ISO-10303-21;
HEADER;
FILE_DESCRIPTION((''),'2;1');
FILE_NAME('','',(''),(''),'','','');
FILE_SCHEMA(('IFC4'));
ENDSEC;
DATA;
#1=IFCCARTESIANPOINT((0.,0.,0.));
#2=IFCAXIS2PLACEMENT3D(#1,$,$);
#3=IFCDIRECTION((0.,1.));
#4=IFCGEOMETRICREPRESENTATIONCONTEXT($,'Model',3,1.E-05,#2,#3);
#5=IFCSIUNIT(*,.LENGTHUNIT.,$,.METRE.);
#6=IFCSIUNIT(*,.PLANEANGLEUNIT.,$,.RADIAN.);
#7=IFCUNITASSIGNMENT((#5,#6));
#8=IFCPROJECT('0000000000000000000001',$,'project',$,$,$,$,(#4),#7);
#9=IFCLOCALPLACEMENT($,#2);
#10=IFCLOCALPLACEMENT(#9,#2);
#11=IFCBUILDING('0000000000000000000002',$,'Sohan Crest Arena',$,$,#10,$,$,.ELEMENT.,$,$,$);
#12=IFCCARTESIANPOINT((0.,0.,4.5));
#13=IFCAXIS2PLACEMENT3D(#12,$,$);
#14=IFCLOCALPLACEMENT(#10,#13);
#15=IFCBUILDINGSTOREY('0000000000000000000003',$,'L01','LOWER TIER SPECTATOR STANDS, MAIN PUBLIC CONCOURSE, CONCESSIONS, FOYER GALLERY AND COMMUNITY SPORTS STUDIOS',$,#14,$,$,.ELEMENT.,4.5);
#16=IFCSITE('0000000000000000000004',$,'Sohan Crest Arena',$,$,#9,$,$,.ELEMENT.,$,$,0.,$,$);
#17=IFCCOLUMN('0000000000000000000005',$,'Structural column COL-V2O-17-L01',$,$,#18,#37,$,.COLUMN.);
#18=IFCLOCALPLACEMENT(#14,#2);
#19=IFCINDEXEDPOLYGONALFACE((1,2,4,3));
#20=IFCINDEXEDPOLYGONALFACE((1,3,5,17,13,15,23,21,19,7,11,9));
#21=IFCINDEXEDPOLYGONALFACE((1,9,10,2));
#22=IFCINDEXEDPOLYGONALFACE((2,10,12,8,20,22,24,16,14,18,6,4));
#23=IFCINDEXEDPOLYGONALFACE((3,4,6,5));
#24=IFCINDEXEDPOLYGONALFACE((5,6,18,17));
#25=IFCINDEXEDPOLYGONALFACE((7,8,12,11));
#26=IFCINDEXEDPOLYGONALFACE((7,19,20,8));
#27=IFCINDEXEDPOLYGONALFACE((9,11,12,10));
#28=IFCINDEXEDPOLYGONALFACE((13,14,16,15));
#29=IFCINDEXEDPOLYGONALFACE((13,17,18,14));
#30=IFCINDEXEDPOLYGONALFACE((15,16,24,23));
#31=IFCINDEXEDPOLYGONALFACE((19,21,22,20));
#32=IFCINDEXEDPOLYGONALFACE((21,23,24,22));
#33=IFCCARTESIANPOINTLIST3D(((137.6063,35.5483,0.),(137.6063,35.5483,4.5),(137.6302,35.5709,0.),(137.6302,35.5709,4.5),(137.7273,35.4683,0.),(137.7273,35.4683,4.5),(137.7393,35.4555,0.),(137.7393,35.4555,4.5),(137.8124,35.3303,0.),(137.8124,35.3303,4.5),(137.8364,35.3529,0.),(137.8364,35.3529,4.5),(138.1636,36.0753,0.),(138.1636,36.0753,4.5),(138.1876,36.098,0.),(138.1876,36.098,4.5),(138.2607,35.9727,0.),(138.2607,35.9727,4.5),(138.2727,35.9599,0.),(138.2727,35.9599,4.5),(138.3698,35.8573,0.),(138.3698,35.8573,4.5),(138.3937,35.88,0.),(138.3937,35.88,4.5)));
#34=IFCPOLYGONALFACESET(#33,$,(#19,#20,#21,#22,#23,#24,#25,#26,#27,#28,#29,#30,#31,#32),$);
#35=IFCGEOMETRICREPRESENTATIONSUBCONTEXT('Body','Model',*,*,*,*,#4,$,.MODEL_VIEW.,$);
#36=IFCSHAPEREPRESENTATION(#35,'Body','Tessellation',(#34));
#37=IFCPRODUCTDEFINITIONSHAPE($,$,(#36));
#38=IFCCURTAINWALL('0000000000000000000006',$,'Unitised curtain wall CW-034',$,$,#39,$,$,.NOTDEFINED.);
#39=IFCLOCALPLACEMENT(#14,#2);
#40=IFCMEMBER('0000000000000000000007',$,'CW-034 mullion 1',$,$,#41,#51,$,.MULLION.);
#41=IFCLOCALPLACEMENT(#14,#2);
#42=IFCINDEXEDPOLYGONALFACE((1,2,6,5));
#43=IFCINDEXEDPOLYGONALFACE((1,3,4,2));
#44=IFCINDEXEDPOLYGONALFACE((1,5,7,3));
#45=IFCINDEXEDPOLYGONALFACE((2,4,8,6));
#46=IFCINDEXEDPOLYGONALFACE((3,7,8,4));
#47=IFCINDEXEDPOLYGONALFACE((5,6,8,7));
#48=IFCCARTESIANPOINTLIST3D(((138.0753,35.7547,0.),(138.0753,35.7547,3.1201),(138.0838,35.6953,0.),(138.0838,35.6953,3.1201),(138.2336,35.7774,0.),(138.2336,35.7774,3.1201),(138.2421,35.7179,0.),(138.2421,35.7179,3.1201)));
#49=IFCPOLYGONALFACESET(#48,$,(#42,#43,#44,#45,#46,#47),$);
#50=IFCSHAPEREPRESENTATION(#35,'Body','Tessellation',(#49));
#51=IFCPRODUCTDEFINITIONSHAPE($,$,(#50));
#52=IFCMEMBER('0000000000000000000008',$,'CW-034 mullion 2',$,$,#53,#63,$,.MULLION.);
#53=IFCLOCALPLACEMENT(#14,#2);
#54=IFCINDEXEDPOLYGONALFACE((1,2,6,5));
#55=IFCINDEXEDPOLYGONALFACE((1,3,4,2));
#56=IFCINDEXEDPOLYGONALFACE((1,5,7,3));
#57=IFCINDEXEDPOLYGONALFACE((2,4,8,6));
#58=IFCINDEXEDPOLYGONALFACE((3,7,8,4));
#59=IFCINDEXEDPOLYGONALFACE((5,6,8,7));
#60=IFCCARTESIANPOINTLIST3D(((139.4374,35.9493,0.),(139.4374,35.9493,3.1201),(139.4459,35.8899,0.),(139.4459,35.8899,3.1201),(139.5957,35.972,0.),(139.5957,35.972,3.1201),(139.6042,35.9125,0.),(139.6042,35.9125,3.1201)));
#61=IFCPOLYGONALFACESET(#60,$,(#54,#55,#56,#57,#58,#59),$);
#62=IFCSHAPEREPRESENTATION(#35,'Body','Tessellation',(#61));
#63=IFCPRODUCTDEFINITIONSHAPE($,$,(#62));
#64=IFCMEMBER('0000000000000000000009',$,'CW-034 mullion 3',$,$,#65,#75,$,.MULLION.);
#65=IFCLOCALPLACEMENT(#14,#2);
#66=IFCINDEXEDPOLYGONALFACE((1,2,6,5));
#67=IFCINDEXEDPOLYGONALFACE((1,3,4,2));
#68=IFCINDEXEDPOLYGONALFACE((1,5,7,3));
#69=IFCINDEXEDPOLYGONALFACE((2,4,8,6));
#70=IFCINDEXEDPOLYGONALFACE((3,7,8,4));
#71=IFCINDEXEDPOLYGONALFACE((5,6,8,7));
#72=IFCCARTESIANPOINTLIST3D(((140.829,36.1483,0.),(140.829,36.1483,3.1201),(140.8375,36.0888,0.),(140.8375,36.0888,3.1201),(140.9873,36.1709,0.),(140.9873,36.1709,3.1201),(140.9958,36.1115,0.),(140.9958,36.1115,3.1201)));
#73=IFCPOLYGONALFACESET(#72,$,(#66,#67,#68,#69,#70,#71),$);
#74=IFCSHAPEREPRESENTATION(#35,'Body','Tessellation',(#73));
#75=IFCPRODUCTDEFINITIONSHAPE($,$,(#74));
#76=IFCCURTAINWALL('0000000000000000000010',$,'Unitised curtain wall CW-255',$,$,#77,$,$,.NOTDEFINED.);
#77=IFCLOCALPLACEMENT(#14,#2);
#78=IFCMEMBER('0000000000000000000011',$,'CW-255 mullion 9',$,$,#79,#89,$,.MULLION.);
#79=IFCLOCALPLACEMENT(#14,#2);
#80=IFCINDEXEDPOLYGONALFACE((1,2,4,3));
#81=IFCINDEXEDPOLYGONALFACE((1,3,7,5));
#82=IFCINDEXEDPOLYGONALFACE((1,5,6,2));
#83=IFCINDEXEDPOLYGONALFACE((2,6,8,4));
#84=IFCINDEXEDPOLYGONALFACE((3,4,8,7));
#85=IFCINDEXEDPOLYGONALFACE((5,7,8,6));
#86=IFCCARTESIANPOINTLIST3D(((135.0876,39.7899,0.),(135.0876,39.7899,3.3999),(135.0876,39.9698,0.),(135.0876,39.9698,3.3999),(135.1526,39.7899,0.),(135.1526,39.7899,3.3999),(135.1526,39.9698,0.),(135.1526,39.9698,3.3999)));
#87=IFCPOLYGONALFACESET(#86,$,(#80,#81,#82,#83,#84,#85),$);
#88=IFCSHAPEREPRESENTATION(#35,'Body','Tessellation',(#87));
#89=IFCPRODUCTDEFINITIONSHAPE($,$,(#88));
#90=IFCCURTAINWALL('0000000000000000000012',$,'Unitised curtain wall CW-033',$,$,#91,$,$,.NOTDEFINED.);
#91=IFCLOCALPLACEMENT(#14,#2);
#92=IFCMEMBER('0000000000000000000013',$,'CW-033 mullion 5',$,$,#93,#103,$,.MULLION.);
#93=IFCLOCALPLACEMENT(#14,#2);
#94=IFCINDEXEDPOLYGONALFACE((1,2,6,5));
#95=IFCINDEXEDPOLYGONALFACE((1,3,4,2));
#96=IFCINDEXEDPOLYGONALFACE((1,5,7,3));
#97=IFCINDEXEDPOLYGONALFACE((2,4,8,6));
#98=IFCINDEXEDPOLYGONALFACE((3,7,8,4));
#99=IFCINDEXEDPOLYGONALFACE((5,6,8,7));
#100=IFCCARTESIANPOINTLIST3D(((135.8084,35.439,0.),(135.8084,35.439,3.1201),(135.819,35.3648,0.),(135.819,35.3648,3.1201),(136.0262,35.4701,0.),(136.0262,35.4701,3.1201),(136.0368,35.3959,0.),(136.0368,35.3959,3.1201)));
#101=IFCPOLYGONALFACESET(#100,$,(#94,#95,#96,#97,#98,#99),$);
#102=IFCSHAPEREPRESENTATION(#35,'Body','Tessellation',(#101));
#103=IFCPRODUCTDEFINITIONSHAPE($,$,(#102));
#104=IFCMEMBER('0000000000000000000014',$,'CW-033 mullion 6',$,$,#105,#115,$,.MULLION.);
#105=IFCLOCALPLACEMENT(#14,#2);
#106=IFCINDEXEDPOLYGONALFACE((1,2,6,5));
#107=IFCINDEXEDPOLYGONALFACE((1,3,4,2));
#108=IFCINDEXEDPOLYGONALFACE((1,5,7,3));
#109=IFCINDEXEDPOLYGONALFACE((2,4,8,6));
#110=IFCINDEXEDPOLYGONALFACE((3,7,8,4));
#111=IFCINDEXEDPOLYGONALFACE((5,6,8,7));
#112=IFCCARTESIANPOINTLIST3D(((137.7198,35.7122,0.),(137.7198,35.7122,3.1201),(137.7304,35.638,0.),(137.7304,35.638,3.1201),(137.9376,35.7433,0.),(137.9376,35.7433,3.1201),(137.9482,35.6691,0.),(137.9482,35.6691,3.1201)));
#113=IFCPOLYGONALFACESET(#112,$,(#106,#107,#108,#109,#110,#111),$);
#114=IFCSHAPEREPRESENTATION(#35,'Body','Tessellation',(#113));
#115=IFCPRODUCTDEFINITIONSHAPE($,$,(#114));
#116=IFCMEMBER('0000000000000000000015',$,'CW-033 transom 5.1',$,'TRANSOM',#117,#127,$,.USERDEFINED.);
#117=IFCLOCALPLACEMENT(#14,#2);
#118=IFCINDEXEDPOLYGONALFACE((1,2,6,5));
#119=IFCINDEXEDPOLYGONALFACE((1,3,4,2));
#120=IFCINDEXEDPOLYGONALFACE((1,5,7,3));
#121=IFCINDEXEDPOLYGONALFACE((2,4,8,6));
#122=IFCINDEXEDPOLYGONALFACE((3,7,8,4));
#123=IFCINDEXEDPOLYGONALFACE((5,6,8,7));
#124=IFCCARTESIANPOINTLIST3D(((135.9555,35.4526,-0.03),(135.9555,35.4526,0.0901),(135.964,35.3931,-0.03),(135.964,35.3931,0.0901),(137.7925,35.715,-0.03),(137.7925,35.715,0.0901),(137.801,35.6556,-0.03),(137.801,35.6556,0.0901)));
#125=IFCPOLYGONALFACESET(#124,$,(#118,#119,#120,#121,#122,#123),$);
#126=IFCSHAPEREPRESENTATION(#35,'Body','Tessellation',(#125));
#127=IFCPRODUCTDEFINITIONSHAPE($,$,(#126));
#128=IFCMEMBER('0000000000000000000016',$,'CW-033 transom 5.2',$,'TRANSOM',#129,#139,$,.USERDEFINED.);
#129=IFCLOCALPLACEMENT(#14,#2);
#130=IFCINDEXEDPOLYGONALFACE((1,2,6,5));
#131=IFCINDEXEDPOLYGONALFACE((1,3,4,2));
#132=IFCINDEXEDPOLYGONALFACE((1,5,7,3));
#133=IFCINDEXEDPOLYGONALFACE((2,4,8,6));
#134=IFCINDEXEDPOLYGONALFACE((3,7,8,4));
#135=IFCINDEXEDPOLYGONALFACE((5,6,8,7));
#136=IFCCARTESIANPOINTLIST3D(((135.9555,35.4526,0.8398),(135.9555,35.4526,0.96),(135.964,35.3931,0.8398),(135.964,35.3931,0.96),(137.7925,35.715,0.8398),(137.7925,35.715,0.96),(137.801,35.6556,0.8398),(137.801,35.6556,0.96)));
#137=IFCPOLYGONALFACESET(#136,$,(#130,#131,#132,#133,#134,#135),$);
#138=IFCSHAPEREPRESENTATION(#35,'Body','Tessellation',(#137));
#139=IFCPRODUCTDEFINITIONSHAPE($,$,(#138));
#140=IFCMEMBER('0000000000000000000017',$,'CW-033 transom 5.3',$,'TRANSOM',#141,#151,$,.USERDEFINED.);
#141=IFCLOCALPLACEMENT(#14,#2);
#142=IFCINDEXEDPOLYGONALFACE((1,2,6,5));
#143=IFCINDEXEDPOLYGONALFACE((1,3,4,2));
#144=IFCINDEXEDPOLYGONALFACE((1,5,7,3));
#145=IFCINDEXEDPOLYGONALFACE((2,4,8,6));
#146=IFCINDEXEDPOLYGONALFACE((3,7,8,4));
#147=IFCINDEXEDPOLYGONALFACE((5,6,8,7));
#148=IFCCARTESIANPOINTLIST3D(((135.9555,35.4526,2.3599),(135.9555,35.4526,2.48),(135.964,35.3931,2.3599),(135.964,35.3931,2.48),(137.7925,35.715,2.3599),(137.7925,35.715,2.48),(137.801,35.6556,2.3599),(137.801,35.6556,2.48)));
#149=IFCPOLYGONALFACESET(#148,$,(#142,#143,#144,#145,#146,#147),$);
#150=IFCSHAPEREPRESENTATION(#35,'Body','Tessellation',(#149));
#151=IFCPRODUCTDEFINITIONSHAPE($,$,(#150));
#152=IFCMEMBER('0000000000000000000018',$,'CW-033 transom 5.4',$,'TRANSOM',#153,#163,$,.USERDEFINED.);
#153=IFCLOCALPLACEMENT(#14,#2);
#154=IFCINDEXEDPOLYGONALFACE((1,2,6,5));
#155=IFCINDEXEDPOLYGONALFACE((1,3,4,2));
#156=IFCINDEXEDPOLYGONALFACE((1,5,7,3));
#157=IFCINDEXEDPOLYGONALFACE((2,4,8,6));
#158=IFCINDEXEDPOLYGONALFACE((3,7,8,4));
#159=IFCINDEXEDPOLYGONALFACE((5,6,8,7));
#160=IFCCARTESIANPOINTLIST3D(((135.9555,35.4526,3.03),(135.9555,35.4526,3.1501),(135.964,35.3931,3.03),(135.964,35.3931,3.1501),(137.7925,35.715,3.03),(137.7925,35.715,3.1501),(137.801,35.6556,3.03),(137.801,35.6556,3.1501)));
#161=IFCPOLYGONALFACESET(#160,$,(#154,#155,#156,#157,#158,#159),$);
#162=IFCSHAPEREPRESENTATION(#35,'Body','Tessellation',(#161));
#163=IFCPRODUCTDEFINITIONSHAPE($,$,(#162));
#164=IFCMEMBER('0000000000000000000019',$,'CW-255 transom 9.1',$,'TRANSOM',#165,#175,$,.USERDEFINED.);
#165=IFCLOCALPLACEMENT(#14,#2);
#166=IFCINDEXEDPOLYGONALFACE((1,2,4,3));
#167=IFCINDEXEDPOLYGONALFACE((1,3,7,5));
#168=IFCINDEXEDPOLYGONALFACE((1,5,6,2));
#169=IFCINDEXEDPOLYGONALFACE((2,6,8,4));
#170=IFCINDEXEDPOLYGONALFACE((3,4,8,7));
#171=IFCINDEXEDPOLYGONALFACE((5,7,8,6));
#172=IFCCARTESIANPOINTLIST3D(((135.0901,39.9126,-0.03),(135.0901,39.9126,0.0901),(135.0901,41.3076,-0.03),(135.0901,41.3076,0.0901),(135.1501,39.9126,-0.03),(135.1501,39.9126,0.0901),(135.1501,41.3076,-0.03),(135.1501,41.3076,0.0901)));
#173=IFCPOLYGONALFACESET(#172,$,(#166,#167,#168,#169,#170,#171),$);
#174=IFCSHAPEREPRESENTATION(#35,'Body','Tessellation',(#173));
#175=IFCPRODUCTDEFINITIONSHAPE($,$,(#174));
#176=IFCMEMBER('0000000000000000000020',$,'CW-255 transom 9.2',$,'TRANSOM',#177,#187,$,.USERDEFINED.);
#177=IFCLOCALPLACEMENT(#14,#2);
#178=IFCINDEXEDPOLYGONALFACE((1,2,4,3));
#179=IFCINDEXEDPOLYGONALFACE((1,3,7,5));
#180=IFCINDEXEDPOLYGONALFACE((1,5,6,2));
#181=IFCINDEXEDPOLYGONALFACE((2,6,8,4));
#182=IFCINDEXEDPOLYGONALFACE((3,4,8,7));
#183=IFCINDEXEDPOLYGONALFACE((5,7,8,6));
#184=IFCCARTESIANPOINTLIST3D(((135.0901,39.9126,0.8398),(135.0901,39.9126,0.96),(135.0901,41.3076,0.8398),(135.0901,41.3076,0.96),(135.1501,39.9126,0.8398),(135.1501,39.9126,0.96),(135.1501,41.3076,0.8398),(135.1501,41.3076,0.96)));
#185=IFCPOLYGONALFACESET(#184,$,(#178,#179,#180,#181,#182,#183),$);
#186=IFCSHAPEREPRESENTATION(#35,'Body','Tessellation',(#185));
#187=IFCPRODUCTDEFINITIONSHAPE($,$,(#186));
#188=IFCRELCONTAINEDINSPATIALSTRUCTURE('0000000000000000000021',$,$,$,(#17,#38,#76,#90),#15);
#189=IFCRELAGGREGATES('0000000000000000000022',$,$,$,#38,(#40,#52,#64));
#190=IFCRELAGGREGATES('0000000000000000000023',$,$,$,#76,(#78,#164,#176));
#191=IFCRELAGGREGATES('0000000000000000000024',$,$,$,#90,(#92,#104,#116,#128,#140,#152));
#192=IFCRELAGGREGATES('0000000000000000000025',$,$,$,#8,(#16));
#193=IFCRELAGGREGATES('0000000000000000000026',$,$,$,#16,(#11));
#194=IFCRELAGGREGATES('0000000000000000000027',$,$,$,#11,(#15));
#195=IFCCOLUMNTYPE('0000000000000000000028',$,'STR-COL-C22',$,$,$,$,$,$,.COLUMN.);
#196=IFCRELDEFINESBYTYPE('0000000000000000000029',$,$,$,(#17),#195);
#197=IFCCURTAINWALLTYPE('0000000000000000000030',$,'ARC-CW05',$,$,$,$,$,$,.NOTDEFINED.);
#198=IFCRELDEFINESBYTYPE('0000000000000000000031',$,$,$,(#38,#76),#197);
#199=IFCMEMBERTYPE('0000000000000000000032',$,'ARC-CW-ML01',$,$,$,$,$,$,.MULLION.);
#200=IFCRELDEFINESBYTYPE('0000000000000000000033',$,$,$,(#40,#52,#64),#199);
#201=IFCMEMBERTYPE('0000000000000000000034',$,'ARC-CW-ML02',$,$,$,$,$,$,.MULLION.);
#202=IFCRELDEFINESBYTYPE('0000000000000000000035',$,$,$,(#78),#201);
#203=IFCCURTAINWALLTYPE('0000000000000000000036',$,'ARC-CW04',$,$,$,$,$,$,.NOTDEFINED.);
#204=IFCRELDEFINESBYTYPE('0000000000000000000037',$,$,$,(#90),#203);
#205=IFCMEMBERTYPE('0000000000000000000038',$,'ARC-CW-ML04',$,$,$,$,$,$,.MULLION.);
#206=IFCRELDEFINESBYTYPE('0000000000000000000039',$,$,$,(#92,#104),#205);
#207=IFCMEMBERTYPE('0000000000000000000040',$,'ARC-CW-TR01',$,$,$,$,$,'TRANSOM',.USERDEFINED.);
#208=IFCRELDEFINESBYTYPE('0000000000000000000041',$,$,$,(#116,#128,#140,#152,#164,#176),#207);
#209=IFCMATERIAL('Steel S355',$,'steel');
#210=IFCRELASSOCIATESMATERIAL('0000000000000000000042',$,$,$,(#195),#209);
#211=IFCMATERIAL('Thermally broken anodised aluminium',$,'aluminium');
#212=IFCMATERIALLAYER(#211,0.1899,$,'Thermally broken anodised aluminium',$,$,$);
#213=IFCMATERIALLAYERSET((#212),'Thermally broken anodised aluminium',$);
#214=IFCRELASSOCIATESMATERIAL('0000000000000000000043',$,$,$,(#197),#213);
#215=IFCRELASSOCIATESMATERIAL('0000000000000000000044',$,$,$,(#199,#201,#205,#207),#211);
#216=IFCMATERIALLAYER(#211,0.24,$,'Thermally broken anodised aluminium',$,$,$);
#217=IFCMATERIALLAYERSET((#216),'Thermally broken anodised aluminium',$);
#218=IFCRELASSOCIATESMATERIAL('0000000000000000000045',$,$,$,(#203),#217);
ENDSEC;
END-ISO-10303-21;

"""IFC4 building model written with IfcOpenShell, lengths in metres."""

from ifc_helpers import new_model, si_unit, direction, frame, origin, origin_2d, place, context, subcontext, project, spatial, rectangle, i_section, extrude, material, layer, layer_set, material_profile, profile_set, type_object, element, aggregate, save


model = new_model("IFC4")

# Units and contexts
model_context = context("Model", 3, precision=1e-05, world=origin(), true_north=direction((0.0, 1.0)))
body_context = subcontext(model_context, "Body", "Model", "MODEL_VIEW")
ifc_project = project(units=[si_unit("LENGTHUNIT", "METRE"), si_unit("PLANEANGLEUNIT", "RADIAN")], contexts=[model_context])

# Site, building, storey
site_placement = place(None, origin())
site = spatial("IfcSite", under=ifc_project, at=site_placement, Name="Sohan Crest Arena", CompositionType="ELEMENT", RefElevation=0.0)
building_placement = place(site_placement, origin())
building = spatial("IfcBuilding", under=site, at=building_placement, Name="Sohan Crest Arena", CompositionType="ELEMENT")
storey_placement = place(building_placement, frame((0.0, 0.0, 4.5)))
storey = spatial("IfcBuildingStorey", under=building, at=storey_placement, Name="L01", Description="LOWER TIER SPECTATOR STANDS, MAIN PUBLIC CONCOURSE, CONCESSIONS, FOYER GALLERY AND COMMUNITY SPORTS STUDIOS", CompositionType="ELEMENT", Elevation=4.5)

# Column
ifc_material_1 = material(Name="Steel S355", Category="steel")
ifc_material_profile_1 = material_profile(ifc_material_1, i_section(OverallWidth=0.3, OverallDepth=0.8, WebThickness=0.0176, FlangeThickness=0.033, at=origin_2d()), Name="HEB 800")
ifc_profile_set_1 = profile_set([ifc_material_profile_1], Name="Steel S355")
column_type = type_object("IfcColumnType", Name="STR-COL-C22", PredefinedType="COLUMN", material=ifc_profile_set_1)
column_placement = place(storey_placement, frame((138.0, 35.7141, 0.0), z_axis=(0.0, 0.0, 1.0), x_axis=(-0.687088, 0.726575, 0.0)))
element("IfcColumn", 1, at=column_placement, inside=storey, type_object=column_type, Name="Structural column COL-V2O-17-L01", PredefinedType="COLUMN", context=body_context, shape_type="SweptSolid", body=[
    extrude(i_section(OverallWidth=0.3, OverallDepth=0.8, WebThickness=0.0176, FlangeThickness=0.033, at=origin_2d()), origin(), (0.0, 0.0, 1.0), 4.5),
])

# Curtain wall, members
ifc_material_2 = material(Name="Thermally broken anodised aluminium", Category="aluminium")
ifc_layer_1 = layer(ifc_material_2, 0.1899, Name="Thermally broken anodised aluminium")
ifc_layer_set_1 = layer_set([ifc_layer_1], Name="Thermally broken anodised aluminium")
curtain_wall_type_1 = type_object("IfcCurtainWallType", Name="ARC-CW05", PredefinedType="NOTDEFINED", material=ifc_layer_set_1)
curtain_wall_1_placement = place(storey_placement, origin())
curtain_wall_1 = element("IfcCurtainWall", 2, at=curtain_wall_1_placement, inside=storey, type_object=curtain_wall_type_1, Name="Unitised curtain wall CW-034", PredefinedType="NOTDEFINED")
ifc_material_profile_2 = material_profile(ifc_material_2, rectangle(XDim=0.0601, YDim=0.1599, at=origin_2d()), Name="ALU-MULL 60x160")
ifc_profile_set_2 = profile_set([ifc_material_profile_2], Name="Thermally broken anodised aluminium")
member_type_1 = type_object("IfcMemberType", Name="ARC-CW-ML01", PredefinedType="MULLION", material=ifc_profile_set_2)
member_1_placement = place(storey_placement, frame((138.1587, 35.7363, 0.0), z_axis=(0.0, 0.0, 1.0), x_axis=(-0.141549, 0.989931, 0.0)))
member_1 = element("IfcMember", 3, at=member_1_placement, type_object=member_type_1, Name="CW-034 mullion 1", PredefinedType="MULLION", context=body_context, shape_type="SweptSolid", body=[
    extrude(rectangle(XDim=0.0601, YDim=0.1599, at=origin_2d()), origin(), (0.0, 0.0, 1.0), 3.1201),
])
member_2_placement = place(storey_placement, frame((139.5208, 35.9309, 0.0), z_axis=(0.0, 0.0, 1.0), x_axis=(-0.141549, 0.989931, 0.0)))
member_2 = element("IfcMember", 4, at=member_2_placement, type_object=member_type_1, Name="CW-034 mullion 2", PredefinedType="MULLION", context=body_context, shape_type="SweptSolid", body=[
    extrude(rectangle(XDim=0.0601, YDim=0.1599, at=origin_2d()), origin(), (0.0, 0.0, 1.0), 3.1201),
])
member_3_placement = place(storey_placement, frame((140.9124, 36.1299, 0.0), z_axis=(0.0, 0.0, 1.0), x_axis=(-0.141549, 0.989931, 0.0)))
member_3 = element("IfcMember", 5, at=member_3_placement, type_object=member_type_1, Name="CW-034 mullion 3", PredefinedType="MULLION", context=body_context, shape_type="SweptSolid", body=[
    extrude(rectangle(XDim=0.0601, YDim=0.1599, at=origin_2d()), origin(), (0.0, 0.0, 1.0), 3.1201),
])

# Curtain wall, member
curtain_wall_2_placement = place(storey_placement, origin())
curtain_wall_2 = element("IfcCurtainWall", 6, at=curtain_wall_2_placement, inside=storey, type_object=curtain_wall_type_1, Name="Unitised curtain wall CW-255", PredefinedType="NOTDEFINED")
ifc_material_profile_3 = material_profile(ifc_material_2, rectangle(XDim=0.0649, YDim=0.1799, at=origin_2d()), Name="ALU-MULL 65x180")
ifc_profile_set_3 = profile_set([ifc_material_profile_3], Name="Thermally broken anodised aluminium")
member_type_2 = type_object("IfcMemberType", Name="ARC-CW-ML02", PredefinedType="MULLION", material=ifc_profile_set_3)
member_4_placement = place(storey_placement, frame((135.1201, 39.8799, 0.0), z_axis=(0.0, 0.0, 1.0), x_axis=(-1.0, 0.0, 0.0)))
member_4 = element("IfcMember", 7, at=member_4_placement, type_object=member_type_2, Name="CW-255 mullion 9", PredefinedType="MULLION", context=body_context, shape_type="SweptSolid", body=[
    extrude(rectangle(XDim=0.0649, YDim=0.1799, at=origin_2d()), origin(), (0.0, 0.0, 1.0), 3.3999),
])

# Curtain wall, members
ifc_layer_2 = layer(ifc_material_2, 0.24, Name="Thermally broken anodised aluminium")
ifc_layer_set_2 = layer_set([ifc_layer_2], Name="Thermally broken anodised aluminium")
curtain_wall_type_2 = type_object("IfcCurtainWallType", Name="ARC-CW04", PredefinedType="NOTDEFINED", material=ifc_layer_set_2)
curtain_wall_3_placement = place(storey_placement, origin())
curtain_wall_3 = element("IfcCurtainWall", 8, at=curtain_wall_3_placement, inside=storey, type_object=curtain_wall_type_2, Name="Unitised curtain wall CW-033", PredefinedType="NOTDEFINED")
ifc_material_profile_4 = material_profile(ifc_material_2, rectangle(XDim=0.075, YDim=0.22, at=origin_2d()), Name="ALU-MULL 75x220")
ifc_profile_set_4 = profile_set([ifc_material_profile_4], Name="Thermally broken anodised aluminium")
member_type_3 = type_object("IfcMemberType", Name="ARC-CW-ML04", PredefinedType="MULLION", material=ifc_profile_set_4)
member_5_placement = place(storey_placement, frame((135.9226, 35.4175, 0.0), z_axis=(0.0, 0.0, 1.0), x_axis=(-0.14145, 0.989945, 0.0)))
member_5 = element("IfcMember", 9, at=member_5_placement, type_object=member_type_3, Name="CW-033 mullion 5", PredefinedType="MULLION", context=body_context, shape_type="SweptSolid", body=[
    extrude(rectangle(XDim=0.075, YDim=0.22, at=origin_2d()), origin(), (0.0, 0.0, 1.0), 3.1201),
])
member_6_placement = place(storey_placement, frame((137.834, 35.6907, 0.0), z_axis=(0.0, 0.0, 1.0), x_axis=(-0.14145, 0.989945, 0.0)))
member_6 = element("IfcMember", 10, at=member_6_placement, type_object=member_type_3, Name="CW-033 mullion 6", PredefinedType="MULLION", context=body_context, shape_type="SweptSolid", body=[
    extrude(rectangle(XDim=0.075, YDim=0.22, at=origin_2d()), origin(), (0.0, 0.0, 1.0), 3.1201),
])
ifc_material_profile_5 = material_profile(ifc_material_2, rectangle(XDim=0.0601, YDim=0.1201, at=origin_2d()), Name="ALU-TRAN 60x120")
ifc_profile_set_5 = profile_set([ifc_material_profile_5], Name="Thermally broken anodised aluminium")
member_type_4 = type_object("IfcMemberType", Name="ARC-CW-TR01", ElementType="TRANSOM", PredefinedType="USERDEFINED", material=ifc_profile_set_5)
member_7_placement = place(storey_placement, frame((135.9597, 35.4229, 0.03), z_axis=(0.989949, 0.141421, 0.0), x_axis=(-0.141421, 0.989949, 0.0)))
member_7 = element("IfcMember", 11, at=member_7_placement, type_object=member_type_4, Name="CW-033 transom 5.1", ObjectType="TRANSOM", PredefinedType="USERDEFINED", context=body_context, shape_type="SweptSolid", body=[
    extrude(rectangle(XDim=0.0601, YDim=0.1201, at=origin_2d()), origin(), (0.0, 0.0, 1.0), 1.8557),
])
member_8_placement = place(storey_placement, frame((135.9597, 35.4229, 0.8999), z_axis=(0.989949, 0.141421, 0.0), x_axis=(-0.141421, 0.989949, 0.0)))
member_8 = element("IfcMember", 12, at=member_8_placement, type_object=member_type_4, Name="CW-033 transom 5.2", ObjectType="TRANSOM", PredefinedType="USERDEFINED", context=body_context, shape_type="SweptSolid", body=[
    extrude(rectangle(XDim=0.0601, YDim=0.1201, at=origin_2d()), origin(), (0.0, 0.0, 1.0), 1.8557),
])
member_9_placement = place(storey_placement, frame((135.9597, 35.4229, 2.4199), z_axis=(0.989949, 0.141421, 0.0), x_axis=(-0.141421, 0.989949, 0.0)))
member_9 = element("IfcMember", 13, at=member_9_placement, type_object=member_type_4, Name="CW-033 transom 5.3", ObjectType="TRANSOM", PredefinedType="USERDEFINED", context=body_context, shape_type="SweptSolid", body=[
    extrude(rectangle(XDim=0.0601, YDim=0.1201, at=origin_2d()), origin(), (0.0, 0.0, 1.0), 1.8557),
])
member_10_placement = place(storey_placement, frame((135.9597, 35.4229, 3.0901), z_axis=(0.989949, 0.141421, 0.0), x_axis=(-0.141421, 0.989949, 0.0)))
member_10 = element("IfcMember", 14, at=member_10_placement, type_object=member_type_4, Name="CW-033 transom 5.4", ObjectType="TRANSOM", PredefinedType="USERDEFINED", context=body_context, shape_type="SweptSolid", body=[
    extrude(rectangle(XDim=0.0601, YDim=0.1201, at=origin_2d()), origin(), (0.0, 0.0, 1.0), 1.8557),
])

# Members
member_11_placement = place(storey_placement, frame((135.1201, 39.9126, 0.03), z_axis=(0.0, 1.0, 0.0), x_axis=(-1.0, 0.0, 0.0)))
member_11 = element("IfcMember", 15, at=member_11_placement, type_object=member_type_4, Name="CW-255 transom 9.1", ObjectType="TRANSOM", PredefinedType="USERDEFINED", context=body_context, shape_type="SweptSolid", body=[
    extrude(rectangle(XDim=0.0601, YDim=0.1201, at=origin_2d()), origin(), (0.0, 0.0, 1.0), 1.395),
])
member_12_placement = place(storey_placement, frame((135.1201, 39.9126, 0.8999), z_axis=(0.0, 1.0, 0.0), x_axis=(-1.0, 0.0, 0.0)))
member_12 = element("IfcMember", 16, at=member_12_placement, type_object=member_type_4, Name="CW-255 transom 9.2", ObjectType="TRANSOM", PredefinedType="USERDEFINED", context=body_context, shape_type="SweptSolid", body=[
    extrude(rectangle(XDim=0.0601, YDim=0.1201, at=origin_2d()), origin(), (0.0, 0.0, 1.0), 1.395),
])

aggregate(curtain_wall_1, [member_1, member_2, member_3])
aggregate(curtain_wall_2, [member_4, member_11, member_12])
aggregate(curtain_wall_3, [member_5, member_6, member_7, member_8, member_9, member_10])

save(model, "model.ifc")
